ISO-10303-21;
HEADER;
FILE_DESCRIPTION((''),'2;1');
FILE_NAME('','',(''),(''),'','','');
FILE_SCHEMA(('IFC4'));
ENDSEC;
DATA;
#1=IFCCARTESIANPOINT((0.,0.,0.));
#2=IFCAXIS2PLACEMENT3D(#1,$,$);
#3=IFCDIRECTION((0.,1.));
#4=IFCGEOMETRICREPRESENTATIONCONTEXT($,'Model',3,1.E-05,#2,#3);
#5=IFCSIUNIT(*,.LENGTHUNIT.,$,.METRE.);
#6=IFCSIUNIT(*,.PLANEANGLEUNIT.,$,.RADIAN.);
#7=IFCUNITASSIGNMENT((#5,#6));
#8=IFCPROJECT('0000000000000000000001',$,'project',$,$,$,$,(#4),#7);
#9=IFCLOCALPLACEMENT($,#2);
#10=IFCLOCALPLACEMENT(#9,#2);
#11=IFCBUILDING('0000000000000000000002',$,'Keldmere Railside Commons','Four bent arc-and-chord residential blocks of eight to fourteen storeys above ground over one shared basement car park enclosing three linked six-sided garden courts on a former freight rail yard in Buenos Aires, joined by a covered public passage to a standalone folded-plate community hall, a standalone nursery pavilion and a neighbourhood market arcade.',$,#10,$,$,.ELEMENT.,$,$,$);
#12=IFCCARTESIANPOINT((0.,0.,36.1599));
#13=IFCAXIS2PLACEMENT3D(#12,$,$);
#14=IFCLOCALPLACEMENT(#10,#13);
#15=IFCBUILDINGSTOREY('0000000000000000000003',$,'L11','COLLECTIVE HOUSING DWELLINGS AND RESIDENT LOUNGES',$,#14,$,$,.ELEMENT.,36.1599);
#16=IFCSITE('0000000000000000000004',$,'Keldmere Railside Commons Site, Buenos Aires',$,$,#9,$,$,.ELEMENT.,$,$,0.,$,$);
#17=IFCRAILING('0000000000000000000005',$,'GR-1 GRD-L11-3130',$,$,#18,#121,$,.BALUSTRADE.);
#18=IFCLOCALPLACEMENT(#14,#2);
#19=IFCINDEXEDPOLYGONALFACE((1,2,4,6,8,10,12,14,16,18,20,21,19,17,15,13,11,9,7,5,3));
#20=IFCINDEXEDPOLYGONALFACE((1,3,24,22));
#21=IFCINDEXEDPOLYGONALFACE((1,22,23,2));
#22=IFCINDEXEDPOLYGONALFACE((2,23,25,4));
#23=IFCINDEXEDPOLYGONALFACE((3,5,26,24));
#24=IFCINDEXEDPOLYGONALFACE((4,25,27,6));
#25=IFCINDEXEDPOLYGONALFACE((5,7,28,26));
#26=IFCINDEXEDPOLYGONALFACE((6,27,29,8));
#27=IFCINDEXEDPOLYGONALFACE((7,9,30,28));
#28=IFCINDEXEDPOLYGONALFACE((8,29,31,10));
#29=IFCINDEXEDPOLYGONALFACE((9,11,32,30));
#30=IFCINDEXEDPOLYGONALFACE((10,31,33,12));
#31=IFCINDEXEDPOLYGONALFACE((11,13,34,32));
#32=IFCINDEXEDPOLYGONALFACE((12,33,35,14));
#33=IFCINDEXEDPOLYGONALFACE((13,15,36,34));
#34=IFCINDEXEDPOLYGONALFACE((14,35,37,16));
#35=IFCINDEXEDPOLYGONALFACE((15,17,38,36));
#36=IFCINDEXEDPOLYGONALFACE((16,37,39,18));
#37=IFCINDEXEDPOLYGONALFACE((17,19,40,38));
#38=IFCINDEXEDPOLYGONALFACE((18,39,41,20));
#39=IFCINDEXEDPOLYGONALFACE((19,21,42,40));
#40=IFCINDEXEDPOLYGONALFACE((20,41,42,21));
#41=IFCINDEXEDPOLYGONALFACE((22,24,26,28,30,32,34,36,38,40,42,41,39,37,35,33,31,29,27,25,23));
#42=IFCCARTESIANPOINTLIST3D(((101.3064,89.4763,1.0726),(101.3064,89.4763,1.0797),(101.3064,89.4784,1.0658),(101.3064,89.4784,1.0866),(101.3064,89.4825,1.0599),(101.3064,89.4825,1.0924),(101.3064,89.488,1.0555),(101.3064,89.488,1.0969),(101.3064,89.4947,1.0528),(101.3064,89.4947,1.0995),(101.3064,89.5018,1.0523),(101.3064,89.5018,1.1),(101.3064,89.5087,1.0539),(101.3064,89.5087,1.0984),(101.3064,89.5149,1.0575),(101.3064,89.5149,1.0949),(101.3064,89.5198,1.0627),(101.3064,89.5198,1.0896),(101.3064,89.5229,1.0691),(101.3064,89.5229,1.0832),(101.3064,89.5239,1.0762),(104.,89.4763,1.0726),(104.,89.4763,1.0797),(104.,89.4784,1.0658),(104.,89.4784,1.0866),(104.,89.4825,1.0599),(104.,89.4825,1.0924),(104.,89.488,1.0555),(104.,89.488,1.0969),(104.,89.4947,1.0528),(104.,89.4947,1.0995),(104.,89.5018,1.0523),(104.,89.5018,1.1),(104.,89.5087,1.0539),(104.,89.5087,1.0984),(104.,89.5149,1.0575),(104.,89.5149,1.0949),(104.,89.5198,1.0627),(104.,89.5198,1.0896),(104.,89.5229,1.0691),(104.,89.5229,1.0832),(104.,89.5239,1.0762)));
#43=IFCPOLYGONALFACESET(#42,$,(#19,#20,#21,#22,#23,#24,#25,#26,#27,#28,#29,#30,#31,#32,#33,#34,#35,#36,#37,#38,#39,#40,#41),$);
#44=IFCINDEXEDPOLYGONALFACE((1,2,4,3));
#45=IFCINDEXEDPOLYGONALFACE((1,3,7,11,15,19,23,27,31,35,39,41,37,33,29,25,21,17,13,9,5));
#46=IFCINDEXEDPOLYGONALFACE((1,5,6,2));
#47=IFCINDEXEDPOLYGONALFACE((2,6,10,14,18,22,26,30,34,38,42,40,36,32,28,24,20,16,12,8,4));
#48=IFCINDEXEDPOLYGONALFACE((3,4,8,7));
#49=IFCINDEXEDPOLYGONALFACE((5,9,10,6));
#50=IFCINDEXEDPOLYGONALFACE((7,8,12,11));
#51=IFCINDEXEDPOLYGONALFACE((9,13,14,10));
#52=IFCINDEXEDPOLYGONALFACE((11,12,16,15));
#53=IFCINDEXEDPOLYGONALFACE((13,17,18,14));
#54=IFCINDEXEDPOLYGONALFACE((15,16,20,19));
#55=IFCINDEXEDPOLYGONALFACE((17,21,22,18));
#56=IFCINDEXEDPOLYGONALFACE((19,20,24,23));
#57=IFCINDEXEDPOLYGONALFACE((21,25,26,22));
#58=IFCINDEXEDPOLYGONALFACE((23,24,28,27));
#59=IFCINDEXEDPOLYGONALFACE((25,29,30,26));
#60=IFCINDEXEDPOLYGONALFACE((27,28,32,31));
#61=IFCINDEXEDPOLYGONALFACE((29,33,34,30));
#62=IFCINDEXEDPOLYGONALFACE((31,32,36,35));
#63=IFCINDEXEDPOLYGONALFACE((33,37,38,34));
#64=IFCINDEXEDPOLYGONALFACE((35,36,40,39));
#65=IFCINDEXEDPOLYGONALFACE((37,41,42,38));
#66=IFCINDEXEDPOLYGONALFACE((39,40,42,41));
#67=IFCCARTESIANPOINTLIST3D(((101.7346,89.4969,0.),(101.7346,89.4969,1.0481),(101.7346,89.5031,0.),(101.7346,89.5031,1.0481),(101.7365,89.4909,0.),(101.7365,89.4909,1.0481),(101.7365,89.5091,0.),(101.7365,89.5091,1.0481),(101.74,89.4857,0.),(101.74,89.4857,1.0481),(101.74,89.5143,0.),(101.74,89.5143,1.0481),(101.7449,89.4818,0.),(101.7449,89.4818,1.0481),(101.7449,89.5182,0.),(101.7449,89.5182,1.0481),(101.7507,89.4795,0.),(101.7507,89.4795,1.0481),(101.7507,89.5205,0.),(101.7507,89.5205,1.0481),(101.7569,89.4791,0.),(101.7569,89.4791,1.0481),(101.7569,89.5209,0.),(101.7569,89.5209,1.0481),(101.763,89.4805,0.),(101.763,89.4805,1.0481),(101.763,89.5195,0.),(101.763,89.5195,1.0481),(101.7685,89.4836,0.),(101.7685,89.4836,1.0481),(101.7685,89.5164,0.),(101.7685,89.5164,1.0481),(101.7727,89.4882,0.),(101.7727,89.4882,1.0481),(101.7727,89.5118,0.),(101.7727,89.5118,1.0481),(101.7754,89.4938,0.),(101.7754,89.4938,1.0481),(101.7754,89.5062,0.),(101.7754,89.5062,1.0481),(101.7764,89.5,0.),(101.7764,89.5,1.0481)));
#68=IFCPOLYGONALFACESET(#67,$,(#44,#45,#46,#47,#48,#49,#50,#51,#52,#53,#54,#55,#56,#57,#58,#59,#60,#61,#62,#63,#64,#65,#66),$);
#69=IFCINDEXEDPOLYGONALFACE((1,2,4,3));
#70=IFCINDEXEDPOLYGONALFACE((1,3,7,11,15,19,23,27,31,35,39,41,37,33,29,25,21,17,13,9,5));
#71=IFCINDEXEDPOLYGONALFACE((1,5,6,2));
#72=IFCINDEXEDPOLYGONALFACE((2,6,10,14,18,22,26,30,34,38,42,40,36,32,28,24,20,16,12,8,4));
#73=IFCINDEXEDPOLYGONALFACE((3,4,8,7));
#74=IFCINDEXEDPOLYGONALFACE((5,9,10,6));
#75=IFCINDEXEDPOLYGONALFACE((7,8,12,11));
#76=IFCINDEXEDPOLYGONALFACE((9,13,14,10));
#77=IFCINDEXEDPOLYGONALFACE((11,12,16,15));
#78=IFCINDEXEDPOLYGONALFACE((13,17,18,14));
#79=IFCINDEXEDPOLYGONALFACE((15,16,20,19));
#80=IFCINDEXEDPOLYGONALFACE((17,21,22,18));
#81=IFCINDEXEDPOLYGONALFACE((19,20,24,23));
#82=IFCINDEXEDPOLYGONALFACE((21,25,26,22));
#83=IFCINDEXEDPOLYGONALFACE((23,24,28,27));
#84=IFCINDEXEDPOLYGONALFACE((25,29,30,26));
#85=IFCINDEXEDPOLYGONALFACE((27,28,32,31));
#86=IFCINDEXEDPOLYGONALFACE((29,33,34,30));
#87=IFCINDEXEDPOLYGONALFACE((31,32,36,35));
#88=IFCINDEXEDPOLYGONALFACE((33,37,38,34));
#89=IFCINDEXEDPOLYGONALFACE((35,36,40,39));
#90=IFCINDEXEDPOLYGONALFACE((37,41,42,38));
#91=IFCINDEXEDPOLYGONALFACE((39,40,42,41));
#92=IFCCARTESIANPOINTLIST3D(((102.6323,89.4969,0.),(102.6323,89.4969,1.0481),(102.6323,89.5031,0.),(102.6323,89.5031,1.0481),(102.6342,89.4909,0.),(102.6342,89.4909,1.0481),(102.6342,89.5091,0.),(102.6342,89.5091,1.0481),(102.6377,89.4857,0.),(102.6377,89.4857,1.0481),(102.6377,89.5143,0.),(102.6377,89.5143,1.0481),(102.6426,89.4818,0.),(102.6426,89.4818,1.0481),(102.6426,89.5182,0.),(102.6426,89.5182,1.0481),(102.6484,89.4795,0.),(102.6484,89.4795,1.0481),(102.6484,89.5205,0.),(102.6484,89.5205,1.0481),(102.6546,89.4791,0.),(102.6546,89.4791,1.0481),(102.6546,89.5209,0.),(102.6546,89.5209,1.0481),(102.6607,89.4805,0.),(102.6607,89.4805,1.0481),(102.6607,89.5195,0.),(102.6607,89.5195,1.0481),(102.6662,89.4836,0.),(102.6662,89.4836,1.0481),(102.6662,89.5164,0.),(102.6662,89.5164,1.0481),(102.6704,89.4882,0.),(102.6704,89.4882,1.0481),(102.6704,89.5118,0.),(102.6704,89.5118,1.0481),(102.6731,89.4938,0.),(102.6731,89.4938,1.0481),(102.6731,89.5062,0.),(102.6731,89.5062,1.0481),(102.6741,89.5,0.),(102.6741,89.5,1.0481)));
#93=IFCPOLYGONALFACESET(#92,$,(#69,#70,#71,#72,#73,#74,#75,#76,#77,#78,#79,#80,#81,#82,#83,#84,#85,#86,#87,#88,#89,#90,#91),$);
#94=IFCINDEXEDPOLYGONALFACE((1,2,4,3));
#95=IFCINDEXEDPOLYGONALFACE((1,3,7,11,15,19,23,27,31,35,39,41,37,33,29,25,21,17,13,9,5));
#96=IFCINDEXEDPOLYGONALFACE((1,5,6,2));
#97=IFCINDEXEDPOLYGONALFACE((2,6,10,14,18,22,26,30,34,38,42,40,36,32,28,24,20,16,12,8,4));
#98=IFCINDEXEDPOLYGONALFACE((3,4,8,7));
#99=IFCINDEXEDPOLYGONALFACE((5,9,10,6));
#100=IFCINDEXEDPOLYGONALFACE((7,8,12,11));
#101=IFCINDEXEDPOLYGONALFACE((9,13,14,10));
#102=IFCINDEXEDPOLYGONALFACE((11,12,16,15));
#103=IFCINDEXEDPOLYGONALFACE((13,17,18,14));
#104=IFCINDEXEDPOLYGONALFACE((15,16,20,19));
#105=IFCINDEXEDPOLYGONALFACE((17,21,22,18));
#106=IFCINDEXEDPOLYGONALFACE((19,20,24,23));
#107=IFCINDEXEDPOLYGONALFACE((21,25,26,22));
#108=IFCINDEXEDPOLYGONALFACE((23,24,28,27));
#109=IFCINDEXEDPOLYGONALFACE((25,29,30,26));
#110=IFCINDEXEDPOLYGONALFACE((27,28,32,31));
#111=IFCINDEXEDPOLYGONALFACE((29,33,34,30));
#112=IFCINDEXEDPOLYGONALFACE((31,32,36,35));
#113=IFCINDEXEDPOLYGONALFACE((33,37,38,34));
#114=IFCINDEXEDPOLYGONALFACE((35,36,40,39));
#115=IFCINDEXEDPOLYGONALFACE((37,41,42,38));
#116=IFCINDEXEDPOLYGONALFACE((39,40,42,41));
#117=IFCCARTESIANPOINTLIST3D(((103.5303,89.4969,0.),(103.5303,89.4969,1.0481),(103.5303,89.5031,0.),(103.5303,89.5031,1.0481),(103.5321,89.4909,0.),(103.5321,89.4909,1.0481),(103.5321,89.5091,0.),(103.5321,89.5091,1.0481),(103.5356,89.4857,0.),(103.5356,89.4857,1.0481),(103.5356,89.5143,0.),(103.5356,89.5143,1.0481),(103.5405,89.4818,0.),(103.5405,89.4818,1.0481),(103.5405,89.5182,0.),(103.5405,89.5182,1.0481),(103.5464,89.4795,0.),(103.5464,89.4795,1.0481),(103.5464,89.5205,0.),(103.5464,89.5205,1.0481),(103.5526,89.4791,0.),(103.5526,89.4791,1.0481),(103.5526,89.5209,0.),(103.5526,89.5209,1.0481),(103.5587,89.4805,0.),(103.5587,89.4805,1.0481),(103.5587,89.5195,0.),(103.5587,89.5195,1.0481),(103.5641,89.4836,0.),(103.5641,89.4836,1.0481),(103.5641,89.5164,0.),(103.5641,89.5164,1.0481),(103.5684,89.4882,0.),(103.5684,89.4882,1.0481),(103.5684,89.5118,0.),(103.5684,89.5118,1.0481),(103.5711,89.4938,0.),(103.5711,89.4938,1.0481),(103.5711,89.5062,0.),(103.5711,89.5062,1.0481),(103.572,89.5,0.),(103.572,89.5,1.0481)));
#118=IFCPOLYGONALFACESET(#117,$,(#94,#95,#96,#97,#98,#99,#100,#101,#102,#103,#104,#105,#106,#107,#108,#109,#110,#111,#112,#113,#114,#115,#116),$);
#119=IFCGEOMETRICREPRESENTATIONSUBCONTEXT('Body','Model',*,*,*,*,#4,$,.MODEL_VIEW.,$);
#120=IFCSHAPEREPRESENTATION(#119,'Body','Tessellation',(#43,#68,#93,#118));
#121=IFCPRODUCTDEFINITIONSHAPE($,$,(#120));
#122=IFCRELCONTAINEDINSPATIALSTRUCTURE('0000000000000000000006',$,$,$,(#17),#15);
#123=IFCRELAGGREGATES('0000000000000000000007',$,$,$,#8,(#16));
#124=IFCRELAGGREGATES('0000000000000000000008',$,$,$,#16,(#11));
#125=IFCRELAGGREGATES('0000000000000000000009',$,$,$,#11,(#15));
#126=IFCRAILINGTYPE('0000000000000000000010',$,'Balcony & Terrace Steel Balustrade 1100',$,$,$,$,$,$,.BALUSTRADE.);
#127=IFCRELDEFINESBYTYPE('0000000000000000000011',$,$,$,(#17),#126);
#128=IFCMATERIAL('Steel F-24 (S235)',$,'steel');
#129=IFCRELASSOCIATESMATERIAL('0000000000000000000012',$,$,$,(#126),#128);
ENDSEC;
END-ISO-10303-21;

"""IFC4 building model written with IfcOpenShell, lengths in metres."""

from ifc_helpers import new_model, si_unit, direction, frame, origin, origin_2d, place, context, subcontext, project, spatial, circle, extrude, material, type_object, element, save


model = new_model("IFC4")

# Units and contexts
model_context = context("Model", 3, precision=1e-05, world=origin(), true_north=direction((0.0, 1.0)))
body_context = subcontext(model_context, "Body", "Model", "MODEL_VIEW")
ifc_project = project(units=[si_unit("LENGTHUNIT", "METRE"), si_unit("PLANEANGLEUNIT", "RADIAN")], contexts=[model_context])

# Site, building, storey
site_placement = place(None, origin())
site = spatial("IfcSite", under=ifc_project, at=site_placement, Name="Keldmere Railside Commons Site, Buenos Aires", CompositionType="ELEMENT", RefElevation=0.0)
building_placement = place(site_placement, origin())
building = spatial("IfcBuilding", under=site, at=building_placement, Name="Keldmere Railside Commons", Description="Four bent arc-and-chord residential blocks of eight to fourteen storeys above ground over one shared basement car park enclosing three linked six-sided garden courts on a former freight rail yard in Buenos Aires, joined by a covered public passage to a standalone folded-plate community hall, a standalone nursery pavilion and a neighbourhood market arcade.", CompositionType="ELEMENT")
storey_placement = place(building_placement, frame((0.0, 0.0, 36.1599)))
storey = spatial("IfcBuildingStorey", under=building, at=storey_placement, Name="L11", Description="COLLECTIVE HOUSING DWELLINGS AND RESIDENT LOUNGES", CompositionType="ELEMENT", Elevation=36.1599)

# Railing
ifc_material_1 = material(Name="Steel F-24 (S235)", Category="steel")
railing_type = type_object("IfcRailingType", Name="Balcony & Terrace Steel Balustrade 1100", PredefinedType="BALUSTRADE", material=ifc_material_1)
railing_1_placement = place(storey_placement, frame((101.3064, 89.5, 0.0)))
element("IfcRailing", 1, at=railing_1_placement, inside=storey, type_object=railing_type, Name="GR-1 GRD-L11-3130", PredefinedType="BALUSTRADE", context=body_context, shape_type="SweptSolid", body=[
    extrude(circle(Radius=0.0239, at=origin_2d()), frame((0.0, 0.0, 1.0762), z_axis=(1.0, 0.0, 0.0), x_axis=(0.0, 1.0, 0.0)), (0.0, 0.0, 1.0), 2.6936),
    extrude(circle(Radius=0.021, at=origin_2d()), frame((0.449, 0.0, 0.0)), (0.0, 0.0, 1.0), 1.0481),
    extrude(circle(Radius=0.021, at=origin_2d()), frame((1.3467, 0.0, 0.0)), (0.0, 0.0, 1.0), 1.0481),
    extrude(circle(Radius=0.021, at=origin_2d()), frame((2.2446, 0.0, 0.0)), (0.0, 0.0, 1.0), 1.0481),
])

save(model, "model.ifc")
